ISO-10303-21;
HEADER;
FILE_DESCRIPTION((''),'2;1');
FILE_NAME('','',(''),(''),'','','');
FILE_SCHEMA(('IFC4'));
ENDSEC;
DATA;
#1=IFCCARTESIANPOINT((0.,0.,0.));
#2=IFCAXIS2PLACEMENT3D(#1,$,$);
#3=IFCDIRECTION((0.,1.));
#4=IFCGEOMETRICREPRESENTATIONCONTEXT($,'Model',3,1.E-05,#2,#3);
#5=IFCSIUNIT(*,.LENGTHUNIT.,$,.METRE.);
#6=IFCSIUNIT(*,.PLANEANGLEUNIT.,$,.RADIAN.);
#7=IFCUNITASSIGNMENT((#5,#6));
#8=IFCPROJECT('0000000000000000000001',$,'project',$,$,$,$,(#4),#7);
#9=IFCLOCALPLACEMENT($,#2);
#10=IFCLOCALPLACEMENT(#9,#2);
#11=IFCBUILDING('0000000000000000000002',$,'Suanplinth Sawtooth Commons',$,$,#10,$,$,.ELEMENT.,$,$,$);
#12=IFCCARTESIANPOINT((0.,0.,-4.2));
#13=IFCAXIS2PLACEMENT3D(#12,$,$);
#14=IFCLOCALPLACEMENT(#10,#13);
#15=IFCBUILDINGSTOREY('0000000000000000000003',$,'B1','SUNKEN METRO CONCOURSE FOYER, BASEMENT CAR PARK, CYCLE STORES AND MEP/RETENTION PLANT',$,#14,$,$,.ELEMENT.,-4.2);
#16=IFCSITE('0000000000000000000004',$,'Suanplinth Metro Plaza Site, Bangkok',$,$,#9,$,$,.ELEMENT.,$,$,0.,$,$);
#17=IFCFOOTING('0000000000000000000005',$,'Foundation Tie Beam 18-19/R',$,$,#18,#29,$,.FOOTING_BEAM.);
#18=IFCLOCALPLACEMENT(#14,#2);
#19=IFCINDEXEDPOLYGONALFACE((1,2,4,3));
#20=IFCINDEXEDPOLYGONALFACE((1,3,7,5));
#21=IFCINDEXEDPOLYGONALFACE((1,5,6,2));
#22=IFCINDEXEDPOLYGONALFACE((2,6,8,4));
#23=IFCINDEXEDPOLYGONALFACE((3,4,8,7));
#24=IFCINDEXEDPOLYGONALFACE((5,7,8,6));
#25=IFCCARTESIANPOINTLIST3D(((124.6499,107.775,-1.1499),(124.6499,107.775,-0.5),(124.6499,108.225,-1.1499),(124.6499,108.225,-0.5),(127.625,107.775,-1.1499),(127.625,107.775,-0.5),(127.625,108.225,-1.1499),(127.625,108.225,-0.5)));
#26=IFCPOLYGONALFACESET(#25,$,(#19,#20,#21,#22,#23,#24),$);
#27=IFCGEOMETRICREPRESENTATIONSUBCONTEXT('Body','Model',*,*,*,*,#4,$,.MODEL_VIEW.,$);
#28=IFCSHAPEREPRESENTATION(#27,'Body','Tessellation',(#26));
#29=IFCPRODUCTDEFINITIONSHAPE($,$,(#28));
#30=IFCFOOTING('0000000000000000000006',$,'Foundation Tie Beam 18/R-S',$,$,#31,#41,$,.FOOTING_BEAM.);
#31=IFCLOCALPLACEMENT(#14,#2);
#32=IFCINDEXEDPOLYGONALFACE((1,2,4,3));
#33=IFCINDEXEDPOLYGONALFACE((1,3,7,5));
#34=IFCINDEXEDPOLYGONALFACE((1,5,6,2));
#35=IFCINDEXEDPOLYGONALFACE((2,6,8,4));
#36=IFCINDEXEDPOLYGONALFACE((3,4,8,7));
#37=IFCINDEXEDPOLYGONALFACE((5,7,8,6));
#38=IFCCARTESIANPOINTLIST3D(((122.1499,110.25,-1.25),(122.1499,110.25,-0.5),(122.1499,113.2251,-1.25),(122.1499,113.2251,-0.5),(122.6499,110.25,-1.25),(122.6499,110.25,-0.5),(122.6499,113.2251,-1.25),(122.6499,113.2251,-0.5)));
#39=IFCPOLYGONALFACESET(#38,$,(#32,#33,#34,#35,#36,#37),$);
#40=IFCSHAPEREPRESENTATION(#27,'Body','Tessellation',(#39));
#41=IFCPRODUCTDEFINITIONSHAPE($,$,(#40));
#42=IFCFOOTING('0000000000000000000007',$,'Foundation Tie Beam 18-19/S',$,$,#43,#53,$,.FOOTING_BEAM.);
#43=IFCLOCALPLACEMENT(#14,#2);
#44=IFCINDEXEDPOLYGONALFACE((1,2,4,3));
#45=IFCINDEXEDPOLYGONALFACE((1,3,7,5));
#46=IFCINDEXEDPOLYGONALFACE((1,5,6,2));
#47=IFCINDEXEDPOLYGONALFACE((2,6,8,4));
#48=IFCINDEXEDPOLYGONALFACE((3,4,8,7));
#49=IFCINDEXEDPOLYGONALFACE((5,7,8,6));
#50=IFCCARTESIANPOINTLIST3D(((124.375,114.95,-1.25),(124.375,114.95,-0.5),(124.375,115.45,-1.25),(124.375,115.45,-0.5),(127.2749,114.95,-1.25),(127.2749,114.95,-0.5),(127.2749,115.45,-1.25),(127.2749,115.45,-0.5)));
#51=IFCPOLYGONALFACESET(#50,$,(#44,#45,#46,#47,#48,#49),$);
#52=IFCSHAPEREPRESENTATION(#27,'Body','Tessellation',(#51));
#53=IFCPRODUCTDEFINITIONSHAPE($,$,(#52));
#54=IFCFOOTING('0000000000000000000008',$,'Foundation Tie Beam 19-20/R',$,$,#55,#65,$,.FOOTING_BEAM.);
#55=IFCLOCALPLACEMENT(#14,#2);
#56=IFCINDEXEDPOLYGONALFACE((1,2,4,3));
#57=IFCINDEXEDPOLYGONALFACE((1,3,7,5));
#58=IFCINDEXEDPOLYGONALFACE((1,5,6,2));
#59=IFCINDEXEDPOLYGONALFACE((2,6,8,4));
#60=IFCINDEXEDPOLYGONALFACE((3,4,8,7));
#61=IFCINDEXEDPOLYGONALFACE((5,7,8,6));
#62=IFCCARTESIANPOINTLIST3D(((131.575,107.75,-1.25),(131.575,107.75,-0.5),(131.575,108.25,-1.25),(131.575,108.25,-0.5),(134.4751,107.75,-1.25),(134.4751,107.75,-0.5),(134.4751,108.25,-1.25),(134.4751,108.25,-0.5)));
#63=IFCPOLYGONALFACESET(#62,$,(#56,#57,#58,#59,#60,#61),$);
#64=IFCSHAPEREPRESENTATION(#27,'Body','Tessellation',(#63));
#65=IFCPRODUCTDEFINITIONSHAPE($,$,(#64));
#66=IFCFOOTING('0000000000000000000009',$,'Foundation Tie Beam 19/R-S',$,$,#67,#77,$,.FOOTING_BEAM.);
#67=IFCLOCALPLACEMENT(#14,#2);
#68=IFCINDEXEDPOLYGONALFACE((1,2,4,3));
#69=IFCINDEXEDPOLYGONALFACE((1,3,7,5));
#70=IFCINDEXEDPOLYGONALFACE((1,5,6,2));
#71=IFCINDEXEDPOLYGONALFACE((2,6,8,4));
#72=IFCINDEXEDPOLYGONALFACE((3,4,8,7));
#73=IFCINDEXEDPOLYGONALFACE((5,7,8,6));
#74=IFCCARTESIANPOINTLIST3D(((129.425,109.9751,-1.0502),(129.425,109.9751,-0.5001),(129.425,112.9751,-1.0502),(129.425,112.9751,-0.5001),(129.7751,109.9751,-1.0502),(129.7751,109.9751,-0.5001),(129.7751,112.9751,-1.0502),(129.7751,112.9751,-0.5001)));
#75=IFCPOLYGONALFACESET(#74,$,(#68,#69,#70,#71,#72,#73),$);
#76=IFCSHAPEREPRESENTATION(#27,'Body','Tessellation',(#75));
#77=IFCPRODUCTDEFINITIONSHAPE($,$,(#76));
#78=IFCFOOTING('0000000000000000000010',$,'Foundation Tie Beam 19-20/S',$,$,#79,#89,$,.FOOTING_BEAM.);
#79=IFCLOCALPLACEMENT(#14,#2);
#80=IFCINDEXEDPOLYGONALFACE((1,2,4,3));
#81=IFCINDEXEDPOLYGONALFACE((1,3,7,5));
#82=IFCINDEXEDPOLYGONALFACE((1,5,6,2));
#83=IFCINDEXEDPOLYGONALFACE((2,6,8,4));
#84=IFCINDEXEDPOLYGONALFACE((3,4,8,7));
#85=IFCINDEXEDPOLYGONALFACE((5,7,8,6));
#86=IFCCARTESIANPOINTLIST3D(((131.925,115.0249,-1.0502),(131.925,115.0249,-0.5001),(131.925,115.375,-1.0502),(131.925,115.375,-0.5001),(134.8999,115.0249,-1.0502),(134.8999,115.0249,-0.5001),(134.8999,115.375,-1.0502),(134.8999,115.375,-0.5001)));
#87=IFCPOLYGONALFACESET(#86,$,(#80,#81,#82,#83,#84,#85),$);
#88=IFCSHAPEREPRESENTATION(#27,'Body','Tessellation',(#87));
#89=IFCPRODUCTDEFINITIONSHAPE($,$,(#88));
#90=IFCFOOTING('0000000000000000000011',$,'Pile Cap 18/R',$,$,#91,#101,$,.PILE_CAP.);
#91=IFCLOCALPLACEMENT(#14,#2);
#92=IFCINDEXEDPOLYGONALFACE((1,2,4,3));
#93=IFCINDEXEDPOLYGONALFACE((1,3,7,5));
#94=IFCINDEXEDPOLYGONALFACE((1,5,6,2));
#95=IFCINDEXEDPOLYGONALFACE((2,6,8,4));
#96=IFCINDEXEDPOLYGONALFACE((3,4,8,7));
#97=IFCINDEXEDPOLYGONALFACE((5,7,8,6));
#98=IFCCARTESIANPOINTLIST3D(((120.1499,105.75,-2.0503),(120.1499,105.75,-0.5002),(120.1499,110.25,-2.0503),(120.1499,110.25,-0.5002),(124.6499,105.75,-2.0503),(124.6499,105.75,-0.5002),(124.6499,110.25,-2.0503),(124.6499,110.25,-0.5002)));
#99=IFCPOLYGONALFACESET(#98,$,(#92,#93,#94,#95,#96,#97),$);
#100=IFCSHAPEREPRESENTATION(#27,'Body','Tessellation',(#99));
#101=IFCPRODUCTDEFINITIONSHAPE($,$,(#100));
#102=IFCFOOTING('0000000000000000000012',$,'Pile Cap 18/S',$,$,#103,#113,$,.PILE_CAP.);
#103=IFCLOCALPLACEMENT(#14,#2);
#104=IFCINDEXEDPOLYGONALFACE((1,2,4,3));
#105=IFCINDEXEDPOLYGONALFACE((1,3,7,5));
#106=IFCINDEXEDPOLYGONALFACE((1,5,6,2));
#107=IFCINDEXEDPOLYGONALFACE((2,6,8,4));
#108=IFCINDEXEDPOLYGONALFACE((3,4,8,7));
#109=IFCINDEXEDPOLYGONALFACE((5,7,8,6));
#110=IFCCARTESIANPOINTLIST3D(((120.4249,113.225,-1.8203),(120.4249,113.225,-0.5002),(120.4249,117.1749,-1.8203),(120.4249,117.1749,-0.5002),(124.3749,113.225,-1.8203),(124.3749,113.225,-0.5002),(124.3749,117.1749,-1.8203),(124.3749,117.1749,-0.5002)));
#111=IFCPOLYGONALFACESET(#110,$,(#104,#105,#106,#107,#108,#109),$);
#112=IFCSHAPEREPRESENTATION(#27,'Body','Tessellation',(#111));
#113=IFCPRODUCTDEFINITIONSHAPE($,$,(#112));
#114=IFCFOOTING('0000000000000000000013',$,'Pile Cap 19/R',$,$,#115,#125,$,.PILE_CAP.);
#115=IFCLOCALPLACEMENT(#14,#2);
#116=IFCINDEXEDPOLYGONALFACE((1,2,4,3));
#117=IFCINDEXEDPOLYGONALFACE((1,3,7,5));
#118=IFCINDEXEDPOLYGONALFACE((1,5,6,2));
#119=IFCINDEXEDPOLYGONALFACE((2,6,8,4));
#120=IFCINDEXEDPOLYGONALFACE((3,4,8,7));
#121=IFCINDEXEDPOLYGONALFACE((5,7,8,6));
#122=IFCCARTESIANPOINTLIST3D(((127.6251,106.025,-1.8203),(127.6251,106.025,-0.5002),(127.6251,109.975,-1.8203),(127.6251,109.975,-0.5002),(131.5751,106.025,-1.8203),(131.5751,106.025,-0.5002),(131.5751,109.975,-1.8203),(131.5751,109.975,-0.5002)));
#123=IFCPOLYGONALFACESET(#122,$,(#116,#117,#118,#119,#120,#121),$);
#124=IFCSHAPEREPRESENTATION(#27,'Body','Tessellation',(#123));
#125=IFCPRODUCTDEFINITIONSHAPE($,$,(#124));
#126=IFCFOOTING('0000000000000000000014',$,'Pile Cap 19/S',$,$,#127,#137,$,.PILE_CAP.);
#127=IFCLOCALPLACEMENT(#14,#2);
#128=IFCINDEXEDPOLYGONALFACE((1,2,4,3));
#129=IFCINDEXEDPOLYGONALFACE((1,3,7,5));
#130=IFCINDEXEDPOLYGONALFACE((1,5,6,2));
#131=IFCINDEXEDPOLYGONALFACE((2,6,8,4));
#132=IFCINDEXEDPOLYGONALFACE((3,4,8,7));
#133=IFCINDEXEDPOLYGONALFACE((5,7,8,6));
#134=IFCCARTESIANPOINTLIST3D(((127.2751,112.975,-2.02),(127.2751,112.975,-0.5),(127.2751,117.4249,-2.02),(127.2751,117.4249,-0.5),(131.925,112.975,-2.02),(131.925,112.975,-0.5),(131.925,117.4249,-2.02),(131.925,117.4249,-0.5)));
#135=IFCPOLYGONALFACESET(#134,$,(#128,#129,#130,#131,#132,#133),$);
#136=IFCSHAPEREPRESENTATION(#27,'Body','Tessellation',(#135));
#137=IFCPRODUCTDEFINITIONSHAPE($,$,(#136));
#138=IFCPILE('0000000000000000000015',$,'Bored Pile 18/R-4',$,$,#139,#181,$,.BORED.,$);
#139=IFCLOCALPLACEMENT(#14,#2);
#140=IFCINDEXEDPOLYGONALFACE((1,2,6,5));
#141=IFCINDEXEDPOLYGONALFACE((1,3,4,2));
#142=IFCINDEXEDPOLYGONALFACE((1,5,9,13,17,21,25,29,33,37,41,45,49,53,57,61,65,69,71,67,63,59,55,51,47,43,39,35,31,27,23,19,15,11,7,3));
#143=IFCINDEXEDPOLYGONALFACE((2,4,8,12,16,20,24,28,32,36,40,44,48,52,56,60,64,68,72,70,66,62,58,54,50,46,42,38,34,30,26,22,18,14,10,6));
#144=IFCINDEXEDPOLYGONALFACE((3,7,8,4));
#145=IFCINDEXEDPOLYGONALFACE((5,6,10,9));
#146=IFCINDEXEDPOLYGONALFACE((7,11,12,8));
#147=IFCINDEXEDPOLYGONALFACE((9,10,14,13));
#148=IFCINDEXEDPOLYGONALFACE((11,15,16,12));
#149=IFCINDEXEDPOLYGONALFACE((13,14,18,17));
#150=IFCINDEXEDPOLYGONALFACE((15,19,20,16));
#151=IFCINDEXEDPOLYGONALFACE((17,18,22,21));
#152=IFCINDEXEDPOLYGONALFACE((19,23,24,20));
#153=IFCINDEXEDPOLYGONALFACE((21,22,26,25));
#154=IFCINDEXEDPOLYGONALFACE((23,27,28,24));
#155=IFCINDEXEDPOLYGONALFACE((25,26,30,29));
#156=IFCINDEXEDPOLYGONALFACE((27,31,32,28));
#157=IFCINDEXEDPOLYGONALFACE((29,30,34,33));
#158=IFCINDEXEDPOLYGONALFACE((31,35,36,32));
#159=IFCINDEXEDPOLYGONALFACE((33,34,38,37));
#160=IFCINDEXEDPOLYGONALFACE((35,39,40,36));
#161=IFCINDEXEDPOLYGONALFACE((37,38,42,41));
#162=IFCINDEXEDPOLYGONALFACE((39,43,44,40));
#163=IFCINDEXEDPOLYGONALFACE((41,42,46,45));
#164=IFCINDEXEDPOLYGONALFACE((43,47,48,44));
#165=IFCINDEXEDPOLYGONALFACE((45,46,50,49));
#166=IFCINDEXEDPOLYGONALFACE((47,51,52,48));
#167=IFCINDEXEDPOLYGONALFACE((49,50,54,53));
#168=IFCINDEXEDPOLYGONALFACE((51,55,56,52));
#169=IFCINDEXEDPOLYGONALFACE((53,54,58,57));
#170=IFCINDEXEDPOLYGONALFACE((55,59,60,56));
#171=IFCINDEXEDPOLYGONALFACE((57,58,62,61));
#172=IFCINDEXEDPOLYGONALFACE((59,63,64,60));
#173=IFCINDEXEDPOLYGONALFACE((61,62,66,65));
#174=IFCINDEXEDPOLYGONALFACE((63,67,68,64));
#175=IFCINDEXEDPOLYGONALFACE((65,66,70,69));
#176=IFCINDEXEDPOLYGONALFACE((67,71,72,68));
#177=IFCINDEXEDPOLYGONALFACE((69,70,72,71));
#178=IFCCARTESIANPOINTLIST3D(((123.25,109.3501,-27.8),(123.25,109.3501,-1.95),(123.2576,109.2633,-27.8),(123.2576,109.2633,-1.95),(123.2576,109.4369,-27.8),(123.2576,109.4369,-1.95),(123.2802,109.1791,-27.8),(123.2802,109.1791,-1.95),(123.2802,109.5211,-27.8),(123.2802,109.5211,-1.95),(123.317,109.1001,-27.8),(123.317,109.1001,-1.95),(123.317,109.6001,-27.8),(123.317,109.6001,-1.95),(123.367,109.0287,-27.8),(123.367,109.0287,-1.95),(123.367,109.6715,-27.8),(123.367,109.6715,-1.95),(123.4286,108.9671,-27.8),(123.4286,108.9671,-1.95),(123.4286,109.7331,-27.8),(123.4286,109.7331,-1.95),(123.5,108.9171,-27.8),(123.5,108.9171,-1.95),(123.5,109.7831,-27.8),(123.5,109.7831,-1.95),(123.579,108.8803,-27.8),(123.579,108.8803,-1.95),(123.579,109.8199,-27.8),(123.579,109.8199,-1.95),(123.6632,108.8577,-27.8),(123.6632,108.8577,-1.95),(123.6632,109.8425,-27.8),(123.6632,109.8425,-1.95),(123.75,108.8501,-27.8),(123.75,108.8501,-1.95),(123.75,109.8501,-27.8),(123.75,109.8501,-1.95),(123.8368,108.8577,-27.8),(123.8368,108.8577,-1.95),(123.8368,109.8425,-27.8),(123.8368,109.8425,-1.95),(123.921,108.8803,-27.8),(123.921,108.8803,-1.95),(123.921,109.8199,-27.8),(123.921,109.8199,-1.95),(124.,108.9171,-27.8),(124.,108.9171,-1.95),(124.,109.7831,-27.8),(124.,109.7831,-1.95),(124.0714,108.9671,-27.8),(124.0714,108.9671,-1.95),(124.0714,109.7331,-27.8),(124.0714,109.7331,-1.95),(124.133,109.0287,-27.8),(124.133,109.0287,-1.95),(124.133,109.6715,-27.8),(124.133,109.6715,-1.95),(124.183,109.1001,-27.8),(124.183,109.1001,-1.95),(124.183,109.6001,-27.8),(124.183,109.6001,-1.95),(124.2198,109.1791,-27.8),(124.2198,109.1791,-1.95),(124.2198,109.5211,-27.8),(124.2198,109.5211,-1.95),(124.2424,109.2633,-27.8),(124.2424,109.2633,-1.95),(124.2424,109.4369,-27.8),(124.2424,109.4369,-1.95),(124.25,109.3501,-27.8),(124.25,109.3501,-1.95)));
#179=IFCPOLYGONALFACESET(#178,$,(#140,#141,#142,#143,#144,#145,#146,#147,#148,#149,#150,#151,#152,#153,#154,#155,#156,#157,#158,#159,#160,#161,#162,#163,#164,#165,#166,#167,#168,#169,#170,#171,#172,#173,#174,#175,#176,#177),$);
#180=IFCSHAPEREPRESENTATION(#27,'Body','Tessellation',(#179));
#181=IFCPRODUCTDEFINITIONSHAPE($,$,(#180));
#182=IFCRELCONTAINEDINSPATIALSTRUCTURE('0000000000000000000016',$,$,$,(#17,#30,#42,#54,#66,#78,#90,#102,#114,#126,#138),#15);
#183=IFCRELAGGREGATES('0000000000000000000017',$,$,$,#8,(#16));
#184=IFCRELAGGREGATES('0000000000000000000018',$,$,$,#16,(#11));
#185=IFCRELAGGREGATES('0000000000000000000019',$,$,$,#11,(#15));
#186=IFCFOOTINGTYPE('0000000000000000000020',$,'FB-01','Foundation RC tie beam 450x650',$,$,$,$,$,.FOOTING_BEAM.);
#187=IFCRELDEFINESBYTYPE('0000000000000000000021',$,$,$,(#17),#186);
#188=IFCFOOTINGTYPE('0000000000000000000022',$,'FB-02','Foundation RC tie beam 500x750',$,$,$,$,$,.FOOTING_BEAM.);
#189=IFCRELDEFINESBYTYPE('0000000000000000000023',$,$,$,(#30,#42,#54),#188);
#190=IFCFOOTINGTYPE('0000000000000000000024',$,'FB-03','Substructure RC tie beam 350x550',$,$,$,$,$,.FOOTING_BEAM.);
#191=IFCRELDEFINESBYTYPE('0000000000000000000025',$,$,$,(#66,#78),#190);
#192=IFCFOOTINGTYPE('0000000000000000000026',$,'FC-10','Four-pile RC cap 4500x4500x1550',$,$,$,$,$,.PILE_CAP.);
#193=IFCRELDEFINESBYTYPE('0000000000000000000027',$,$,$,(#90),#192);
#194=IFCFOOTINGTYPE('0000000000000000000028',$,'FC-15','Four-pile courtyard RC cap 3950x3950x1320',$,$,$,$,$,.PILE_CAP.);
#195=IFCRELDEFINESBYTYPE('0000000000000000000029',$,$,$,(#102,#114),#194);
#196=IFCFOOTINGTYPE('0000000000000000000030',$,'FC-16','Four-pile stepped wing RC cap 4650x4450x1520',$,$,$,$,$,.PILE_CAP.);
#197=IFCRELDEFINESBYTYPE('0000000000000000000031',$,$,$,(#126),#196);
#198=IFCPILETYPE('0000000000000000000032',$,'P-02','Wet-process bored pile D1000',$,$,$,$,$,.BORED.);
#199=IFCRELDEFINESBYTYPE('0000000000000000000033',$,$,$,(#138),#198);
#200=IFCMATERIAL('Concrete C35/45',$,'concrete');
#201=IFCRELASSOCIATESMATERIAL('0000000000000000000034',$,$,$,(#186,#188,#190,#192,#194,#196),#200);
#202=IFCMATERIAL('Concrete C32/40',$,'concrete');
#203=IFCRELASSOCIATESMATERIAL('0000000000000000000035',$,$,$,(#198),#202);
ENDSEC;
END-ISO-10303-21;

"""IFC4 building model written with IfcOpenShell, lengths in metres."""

from ifc_helpers import new_model, si_unit, direction, frame, origin, origin_2d, place, context, subcontext, project, spatial, rectangle, circle, extrude, material, material_profile, profile_set, type_object, element, save


model = new_model("IFC4")

# Units and contexts
model_context = context("Model", 3, precision=1e-05, world=origin(), true_north=direction((0.0, 1.0)))
body_context = subcontext(model_context, "Body", "Model", "MODEL_VIEW")
ifc_project = project(units=[si_unit("LENGTHUNIT", "METRE"), si_unit("PLANEANGLEUNIT", "RADIAN")], contexts=[model_context])

# Site, building, storey
site_placement = place(None, origin())
site = spatial("IfcSite", under=ifc_project, at=site_placement, Name="Suanplinth Metro Plaza Site, Bangkok", CompositionType="ELEMENT", RefElevation=0.0)
building_placement = place(site_placement, origin())
building = spatial("IfcBuilding", under=site, at=building_placement, Name="Suanplinth Sawtooth Commons", CompositionType="ELEMENT")
storey_placement = place(building_placement, frame((0.0, 0.0, -4.2)))
storey = spatial("IfcBuildingStorey", under=building, at=storey_placement, Name="B1", Description="SUNKEN METRO CONCOURSE FOYER, BASEMENT CAR PARK, CYCLE STORES AND MEP/RETENTION PLANT", CompositionType="ELEMENT", Elevation=-4.2)

# Footings
ifc_material_1 = material(Name="Concrete C35/45", Category="concrete")
ifc_material_profile_1 = material_profile(ifc_material_1, rectangle(XDim=0.45, YDim=0.6499, at=origin_2d()), Name="PC-GDR 450x650")
ifc_profile_set_1 = profile_set([ifc_material_profile_1], Name="Concrete C35/45")
footing_type_1 = type_object("IfcFootingType", Name="FB-01", Description="Foundation RC tie beam 450x650", PredefinedType="FOOTING_BEAM", material=ifc_profile_set_1)
footing_1_placement = place(storey_placement, frame((124.6499, 108.0, -0.825), z_axis=(1.0, 0.0, 0.0), x_axis=(0.0, 1.0, 0.0)))
element("IfcFooting", 1, at=footing_1_placement, inside=storey, type_object=footing_type_1, Name="Foundation Tie Beam 18-19/R", PredefinedType="FOOTING_BEAM", context=body_context, shape_type="SweptSolid", body=[
    extrude(rectangle(XDim=0.45, YDim=0.6499, at=origin_2d()), origin(), (0.0, 0.0, 1.0), 2.9751),
])
ifc_material_profile_2 = material_profile(ifc_material_1, rectangle(XDim=0.5, YDim=0.75, at=origin_2d()), Name="RC-GDR 500x750")
ifc_profile_set_2 = profile_set([ifc_material_profile_2], Name="Concrete C35/45")
footing_type_2 = type_object("IfcFootingType", Name="FB-02", Description="Foundation RC tie beam 500x750", PredefinedType="FOOTING_BEAM", material=ifc_profile_set_2)
footing_2_placement = place(storey_placement, frame((122.3999, 110.25, -0.875), z_axis=(0.0, 1.0, 0.0), x_axis=(-1.0, 0.0, 0.0)))
element("IfcFooting", 2, at=footing_2_placement, inside=storey, type_object=footing_type_2, Name="Foundation Tie Beam 18/R-S", PredefinedType="FOOTING_BEAM", context=body_context, shape_type="SweptSolid", body=[
    extrude(rectangle(XDim=0.5, YDim=0.75, at=origin_2d()), origin(), (0.0, 0.0, 1.0), 2.9751),
])
footing_3_placement = place(storey_placement, frame((124.375, 115.2, -0.875), z_axis=(1.0, 0.0, 0.0), x_axis=(0.0, 1.0, 0.0)))
element("IfcFooting", 3, at=footing_3_placement, inside=storey, type_object=footing_type_2, Name="Foundation Tie Beam 18-19/S", PredefinedType="FOOTING_BEAM", context=body_context, shape_type="SweptSolid", body=[
    extrude(rectangle(XDim=0.5, YDim=0.75, at=origin_2d()), origin(), (0.0, 0.0, 1.0), 2.8999),
])
footing_4_placement = place(storey_placement, frame((131.575, 108.0, -0.875), z_axis=(1.0, 0.0, 0.0), x_axis=(0.0, 1.0, 0.0)))
element("IfcFooting", 4, at=footing_4_placement, inside=storey, type_object=footing_type_2, Name="Foundation Tie Beam 19-20/R", PredefinedType="FOOTING_BEAM", context=body_context, shape_type="SweptSolid", body=[
    extrude(rectangle(XDim=0.5, YDim=0.75, at=origin_2d()), origin(), (0.0, 0.0, 1.0), 2.9001),
])
ifc_material_profile_3 = material_profile(ifc_material_1, rectangle(XDim=0.3501, YDim=0.55, at=origin_2d()), Name="PC-BM 350x550")
ifc_profile_set_3 = profile_set([ifc_material_profile_3], Name="Concrete C35/45")
footing_type_3 = type_object("IfcFootingType", Name="FB-03", Description="Substructure RC tie beam 350x550", PredefinedType="FOOTING_BEAM", material=ifc_profile_set_3)
footing_5_placement = place(storey_placement, frame((129.6001, 109.9751, -0.7751), z_axis=(0.0, 1.0, 0.0), x_axis=(-1.0, 0.0, 0.0)))
element("IfcFooting", 5, at=footing_5_placement, inside=storey, type_object=footing_type_3, Name="Foundation Tie Beam 19/R-S", PredefinedType="FOOTING_BEAM", context=body_context, shape_type="SweptSolid", body=[
    extrude(rectangle(XDim=0.3501, YDim=0.55, at=origin_2d()), origin(), (0.0, 0.0, 1.0), 3.0),
])
footing_6_placement = place(storey_placement, frame((131.925, 115.2, -0.7751), z_axis=(1.0, 0.0, 0.0), x_axis=(0.0, 1.0, 0.0)))
element("IfcFooting", 6, at=footing_6_placement, inside=storey, type_object=footing_type_3, Name="Foundation Tie Beam 19-20/S", PredefinedType="FOOTING_BEAM", context=body_context, shape_type="SweptSolid", body=[
    extrude(rectangle(XDim=0.3501, YDim=0.55, at=origin_2d()), origin(), (0.0, 0.0, 1.0), 2.9749),
])
footing_type_4 = type_object("IfcFootingType", Name="FC-10", Description="Four-pile RC cap 4500x4500x1550", PredefinedType="PILE_CAP", material=ifc_material_1)
footing_7_placement = place(storey_placement, frame((122.3999, 108.0, -2.0503), z_axis=(0.0, 0.0, 1.0), x_axis=(1.0, 0.0, 0.0)))
element("IfcFooting", 7, at=footing_7_placement, inside=storey, type_object=footing_type_4, Name="Pile Cap 18/R", PredefinedType="PILE_CAP", context=body_context, shape_type="SweptSolid", body=[
    extrude(rectangle(XDim=4.5, YDim=4.5, at=origin_2d()), origin(), (0.0, 0.0, 1.0), 1.55),
])
footing_type_5 = type_object("IfcFootingType", Name="FC-15", Description="Four-pile courtyard RC cap 3950x3950x1320", PredefinedType="PILE_CAP", material=ifc_material_1)
for number, where, z_axis, x_axis, name in (
    (8, (122.3999, 115.2, -1.8203), (0.0, 0.0, 1.0), (1.0, 0.0, 0.0), "Pile Cap 18/S"),
    (9, (129.6001, 108.0, -1.8203), (0.0, 0.0, 1.0), (1.0, 0.0, 0.0), "Pile Cap 19/R"),
):
    element("IfcFooting", number, at=place(storey_placement, frame(where, z_axis=z_axis, x_axis=x_axis)), inside=storey, type_object=footing_type_5, Name=name, PredefinedType="PILE_CAP", context=body_context, shape_type="SweptSolid", body=[
        extrude(rectangle(XDim=3.95, YDim=3.95, at=origin_2d()), origin(), (0.0, 0.0, 1.0), 1.3201),
    ])
footing_type_6 = type_object("IfcFootingType", Name="FC-16", Description="Four-pile stepped wing RC cap 4650x4450x1520", PredefinedType="PILE_CAP", material=ifc_material_1)
footing_8_placement = place(storey_placement, frame((129.6001, 115.2, -2.02), z_axis=(0.0, 0.0, 1.0), x_axis=(1.0, 0.0, 0.0)))
element("IfcFooting", 10, at=footing_8_placement, inside=storey, type_object=footing_type_6, Name="Pile Cap 19/S", PredefinedType="PILE_CAP", context=body_context, shape_type="SweptSolid", body=[
    extrude(rectangle(XDim=4.6499, YDim=4.45, at=origin_2d()), origin(), (0.0, 0.0, 1.0), 1.52),
])

# Pile
ifc_material_2 = material(Name="Concrete C32/40", Category="concrete")
ifc_material_profile_4 = material_profile(ifc_material_2, circle(Radius=0.5, at=origin_2d()), Name="PILE D1000")
ifc_profile_set_4 = profile_set([ifc_material_profile_4], Name="Concrete C32/40")
pile_type = type_object("IfcPileType", Name="P-02", Description="Wet-process bored pile D1000", PredefinedType="BORED", material=ifc_profile_set_4)
pile_placement = place(storey_placement, frame((123.75, 109.3501, -1.95), z_axis=(0.0, 0.0, -1.0), x_axis=(1.0, 0.0, 0.0)))
element("IfcPile", 11, at=pile_placement, inside=storey, type_object=pile_type, Name="Bored Pile 18/R-4", PredefinedType="BORED", context=body_context, shape_type="SweptSolid", body=[
    extrude(circle(Radius=0.5, at=origin_2d()), origin(), (0.0, 0.0, 1.0), 25.8501),
])

save(model, "model.ifc")
